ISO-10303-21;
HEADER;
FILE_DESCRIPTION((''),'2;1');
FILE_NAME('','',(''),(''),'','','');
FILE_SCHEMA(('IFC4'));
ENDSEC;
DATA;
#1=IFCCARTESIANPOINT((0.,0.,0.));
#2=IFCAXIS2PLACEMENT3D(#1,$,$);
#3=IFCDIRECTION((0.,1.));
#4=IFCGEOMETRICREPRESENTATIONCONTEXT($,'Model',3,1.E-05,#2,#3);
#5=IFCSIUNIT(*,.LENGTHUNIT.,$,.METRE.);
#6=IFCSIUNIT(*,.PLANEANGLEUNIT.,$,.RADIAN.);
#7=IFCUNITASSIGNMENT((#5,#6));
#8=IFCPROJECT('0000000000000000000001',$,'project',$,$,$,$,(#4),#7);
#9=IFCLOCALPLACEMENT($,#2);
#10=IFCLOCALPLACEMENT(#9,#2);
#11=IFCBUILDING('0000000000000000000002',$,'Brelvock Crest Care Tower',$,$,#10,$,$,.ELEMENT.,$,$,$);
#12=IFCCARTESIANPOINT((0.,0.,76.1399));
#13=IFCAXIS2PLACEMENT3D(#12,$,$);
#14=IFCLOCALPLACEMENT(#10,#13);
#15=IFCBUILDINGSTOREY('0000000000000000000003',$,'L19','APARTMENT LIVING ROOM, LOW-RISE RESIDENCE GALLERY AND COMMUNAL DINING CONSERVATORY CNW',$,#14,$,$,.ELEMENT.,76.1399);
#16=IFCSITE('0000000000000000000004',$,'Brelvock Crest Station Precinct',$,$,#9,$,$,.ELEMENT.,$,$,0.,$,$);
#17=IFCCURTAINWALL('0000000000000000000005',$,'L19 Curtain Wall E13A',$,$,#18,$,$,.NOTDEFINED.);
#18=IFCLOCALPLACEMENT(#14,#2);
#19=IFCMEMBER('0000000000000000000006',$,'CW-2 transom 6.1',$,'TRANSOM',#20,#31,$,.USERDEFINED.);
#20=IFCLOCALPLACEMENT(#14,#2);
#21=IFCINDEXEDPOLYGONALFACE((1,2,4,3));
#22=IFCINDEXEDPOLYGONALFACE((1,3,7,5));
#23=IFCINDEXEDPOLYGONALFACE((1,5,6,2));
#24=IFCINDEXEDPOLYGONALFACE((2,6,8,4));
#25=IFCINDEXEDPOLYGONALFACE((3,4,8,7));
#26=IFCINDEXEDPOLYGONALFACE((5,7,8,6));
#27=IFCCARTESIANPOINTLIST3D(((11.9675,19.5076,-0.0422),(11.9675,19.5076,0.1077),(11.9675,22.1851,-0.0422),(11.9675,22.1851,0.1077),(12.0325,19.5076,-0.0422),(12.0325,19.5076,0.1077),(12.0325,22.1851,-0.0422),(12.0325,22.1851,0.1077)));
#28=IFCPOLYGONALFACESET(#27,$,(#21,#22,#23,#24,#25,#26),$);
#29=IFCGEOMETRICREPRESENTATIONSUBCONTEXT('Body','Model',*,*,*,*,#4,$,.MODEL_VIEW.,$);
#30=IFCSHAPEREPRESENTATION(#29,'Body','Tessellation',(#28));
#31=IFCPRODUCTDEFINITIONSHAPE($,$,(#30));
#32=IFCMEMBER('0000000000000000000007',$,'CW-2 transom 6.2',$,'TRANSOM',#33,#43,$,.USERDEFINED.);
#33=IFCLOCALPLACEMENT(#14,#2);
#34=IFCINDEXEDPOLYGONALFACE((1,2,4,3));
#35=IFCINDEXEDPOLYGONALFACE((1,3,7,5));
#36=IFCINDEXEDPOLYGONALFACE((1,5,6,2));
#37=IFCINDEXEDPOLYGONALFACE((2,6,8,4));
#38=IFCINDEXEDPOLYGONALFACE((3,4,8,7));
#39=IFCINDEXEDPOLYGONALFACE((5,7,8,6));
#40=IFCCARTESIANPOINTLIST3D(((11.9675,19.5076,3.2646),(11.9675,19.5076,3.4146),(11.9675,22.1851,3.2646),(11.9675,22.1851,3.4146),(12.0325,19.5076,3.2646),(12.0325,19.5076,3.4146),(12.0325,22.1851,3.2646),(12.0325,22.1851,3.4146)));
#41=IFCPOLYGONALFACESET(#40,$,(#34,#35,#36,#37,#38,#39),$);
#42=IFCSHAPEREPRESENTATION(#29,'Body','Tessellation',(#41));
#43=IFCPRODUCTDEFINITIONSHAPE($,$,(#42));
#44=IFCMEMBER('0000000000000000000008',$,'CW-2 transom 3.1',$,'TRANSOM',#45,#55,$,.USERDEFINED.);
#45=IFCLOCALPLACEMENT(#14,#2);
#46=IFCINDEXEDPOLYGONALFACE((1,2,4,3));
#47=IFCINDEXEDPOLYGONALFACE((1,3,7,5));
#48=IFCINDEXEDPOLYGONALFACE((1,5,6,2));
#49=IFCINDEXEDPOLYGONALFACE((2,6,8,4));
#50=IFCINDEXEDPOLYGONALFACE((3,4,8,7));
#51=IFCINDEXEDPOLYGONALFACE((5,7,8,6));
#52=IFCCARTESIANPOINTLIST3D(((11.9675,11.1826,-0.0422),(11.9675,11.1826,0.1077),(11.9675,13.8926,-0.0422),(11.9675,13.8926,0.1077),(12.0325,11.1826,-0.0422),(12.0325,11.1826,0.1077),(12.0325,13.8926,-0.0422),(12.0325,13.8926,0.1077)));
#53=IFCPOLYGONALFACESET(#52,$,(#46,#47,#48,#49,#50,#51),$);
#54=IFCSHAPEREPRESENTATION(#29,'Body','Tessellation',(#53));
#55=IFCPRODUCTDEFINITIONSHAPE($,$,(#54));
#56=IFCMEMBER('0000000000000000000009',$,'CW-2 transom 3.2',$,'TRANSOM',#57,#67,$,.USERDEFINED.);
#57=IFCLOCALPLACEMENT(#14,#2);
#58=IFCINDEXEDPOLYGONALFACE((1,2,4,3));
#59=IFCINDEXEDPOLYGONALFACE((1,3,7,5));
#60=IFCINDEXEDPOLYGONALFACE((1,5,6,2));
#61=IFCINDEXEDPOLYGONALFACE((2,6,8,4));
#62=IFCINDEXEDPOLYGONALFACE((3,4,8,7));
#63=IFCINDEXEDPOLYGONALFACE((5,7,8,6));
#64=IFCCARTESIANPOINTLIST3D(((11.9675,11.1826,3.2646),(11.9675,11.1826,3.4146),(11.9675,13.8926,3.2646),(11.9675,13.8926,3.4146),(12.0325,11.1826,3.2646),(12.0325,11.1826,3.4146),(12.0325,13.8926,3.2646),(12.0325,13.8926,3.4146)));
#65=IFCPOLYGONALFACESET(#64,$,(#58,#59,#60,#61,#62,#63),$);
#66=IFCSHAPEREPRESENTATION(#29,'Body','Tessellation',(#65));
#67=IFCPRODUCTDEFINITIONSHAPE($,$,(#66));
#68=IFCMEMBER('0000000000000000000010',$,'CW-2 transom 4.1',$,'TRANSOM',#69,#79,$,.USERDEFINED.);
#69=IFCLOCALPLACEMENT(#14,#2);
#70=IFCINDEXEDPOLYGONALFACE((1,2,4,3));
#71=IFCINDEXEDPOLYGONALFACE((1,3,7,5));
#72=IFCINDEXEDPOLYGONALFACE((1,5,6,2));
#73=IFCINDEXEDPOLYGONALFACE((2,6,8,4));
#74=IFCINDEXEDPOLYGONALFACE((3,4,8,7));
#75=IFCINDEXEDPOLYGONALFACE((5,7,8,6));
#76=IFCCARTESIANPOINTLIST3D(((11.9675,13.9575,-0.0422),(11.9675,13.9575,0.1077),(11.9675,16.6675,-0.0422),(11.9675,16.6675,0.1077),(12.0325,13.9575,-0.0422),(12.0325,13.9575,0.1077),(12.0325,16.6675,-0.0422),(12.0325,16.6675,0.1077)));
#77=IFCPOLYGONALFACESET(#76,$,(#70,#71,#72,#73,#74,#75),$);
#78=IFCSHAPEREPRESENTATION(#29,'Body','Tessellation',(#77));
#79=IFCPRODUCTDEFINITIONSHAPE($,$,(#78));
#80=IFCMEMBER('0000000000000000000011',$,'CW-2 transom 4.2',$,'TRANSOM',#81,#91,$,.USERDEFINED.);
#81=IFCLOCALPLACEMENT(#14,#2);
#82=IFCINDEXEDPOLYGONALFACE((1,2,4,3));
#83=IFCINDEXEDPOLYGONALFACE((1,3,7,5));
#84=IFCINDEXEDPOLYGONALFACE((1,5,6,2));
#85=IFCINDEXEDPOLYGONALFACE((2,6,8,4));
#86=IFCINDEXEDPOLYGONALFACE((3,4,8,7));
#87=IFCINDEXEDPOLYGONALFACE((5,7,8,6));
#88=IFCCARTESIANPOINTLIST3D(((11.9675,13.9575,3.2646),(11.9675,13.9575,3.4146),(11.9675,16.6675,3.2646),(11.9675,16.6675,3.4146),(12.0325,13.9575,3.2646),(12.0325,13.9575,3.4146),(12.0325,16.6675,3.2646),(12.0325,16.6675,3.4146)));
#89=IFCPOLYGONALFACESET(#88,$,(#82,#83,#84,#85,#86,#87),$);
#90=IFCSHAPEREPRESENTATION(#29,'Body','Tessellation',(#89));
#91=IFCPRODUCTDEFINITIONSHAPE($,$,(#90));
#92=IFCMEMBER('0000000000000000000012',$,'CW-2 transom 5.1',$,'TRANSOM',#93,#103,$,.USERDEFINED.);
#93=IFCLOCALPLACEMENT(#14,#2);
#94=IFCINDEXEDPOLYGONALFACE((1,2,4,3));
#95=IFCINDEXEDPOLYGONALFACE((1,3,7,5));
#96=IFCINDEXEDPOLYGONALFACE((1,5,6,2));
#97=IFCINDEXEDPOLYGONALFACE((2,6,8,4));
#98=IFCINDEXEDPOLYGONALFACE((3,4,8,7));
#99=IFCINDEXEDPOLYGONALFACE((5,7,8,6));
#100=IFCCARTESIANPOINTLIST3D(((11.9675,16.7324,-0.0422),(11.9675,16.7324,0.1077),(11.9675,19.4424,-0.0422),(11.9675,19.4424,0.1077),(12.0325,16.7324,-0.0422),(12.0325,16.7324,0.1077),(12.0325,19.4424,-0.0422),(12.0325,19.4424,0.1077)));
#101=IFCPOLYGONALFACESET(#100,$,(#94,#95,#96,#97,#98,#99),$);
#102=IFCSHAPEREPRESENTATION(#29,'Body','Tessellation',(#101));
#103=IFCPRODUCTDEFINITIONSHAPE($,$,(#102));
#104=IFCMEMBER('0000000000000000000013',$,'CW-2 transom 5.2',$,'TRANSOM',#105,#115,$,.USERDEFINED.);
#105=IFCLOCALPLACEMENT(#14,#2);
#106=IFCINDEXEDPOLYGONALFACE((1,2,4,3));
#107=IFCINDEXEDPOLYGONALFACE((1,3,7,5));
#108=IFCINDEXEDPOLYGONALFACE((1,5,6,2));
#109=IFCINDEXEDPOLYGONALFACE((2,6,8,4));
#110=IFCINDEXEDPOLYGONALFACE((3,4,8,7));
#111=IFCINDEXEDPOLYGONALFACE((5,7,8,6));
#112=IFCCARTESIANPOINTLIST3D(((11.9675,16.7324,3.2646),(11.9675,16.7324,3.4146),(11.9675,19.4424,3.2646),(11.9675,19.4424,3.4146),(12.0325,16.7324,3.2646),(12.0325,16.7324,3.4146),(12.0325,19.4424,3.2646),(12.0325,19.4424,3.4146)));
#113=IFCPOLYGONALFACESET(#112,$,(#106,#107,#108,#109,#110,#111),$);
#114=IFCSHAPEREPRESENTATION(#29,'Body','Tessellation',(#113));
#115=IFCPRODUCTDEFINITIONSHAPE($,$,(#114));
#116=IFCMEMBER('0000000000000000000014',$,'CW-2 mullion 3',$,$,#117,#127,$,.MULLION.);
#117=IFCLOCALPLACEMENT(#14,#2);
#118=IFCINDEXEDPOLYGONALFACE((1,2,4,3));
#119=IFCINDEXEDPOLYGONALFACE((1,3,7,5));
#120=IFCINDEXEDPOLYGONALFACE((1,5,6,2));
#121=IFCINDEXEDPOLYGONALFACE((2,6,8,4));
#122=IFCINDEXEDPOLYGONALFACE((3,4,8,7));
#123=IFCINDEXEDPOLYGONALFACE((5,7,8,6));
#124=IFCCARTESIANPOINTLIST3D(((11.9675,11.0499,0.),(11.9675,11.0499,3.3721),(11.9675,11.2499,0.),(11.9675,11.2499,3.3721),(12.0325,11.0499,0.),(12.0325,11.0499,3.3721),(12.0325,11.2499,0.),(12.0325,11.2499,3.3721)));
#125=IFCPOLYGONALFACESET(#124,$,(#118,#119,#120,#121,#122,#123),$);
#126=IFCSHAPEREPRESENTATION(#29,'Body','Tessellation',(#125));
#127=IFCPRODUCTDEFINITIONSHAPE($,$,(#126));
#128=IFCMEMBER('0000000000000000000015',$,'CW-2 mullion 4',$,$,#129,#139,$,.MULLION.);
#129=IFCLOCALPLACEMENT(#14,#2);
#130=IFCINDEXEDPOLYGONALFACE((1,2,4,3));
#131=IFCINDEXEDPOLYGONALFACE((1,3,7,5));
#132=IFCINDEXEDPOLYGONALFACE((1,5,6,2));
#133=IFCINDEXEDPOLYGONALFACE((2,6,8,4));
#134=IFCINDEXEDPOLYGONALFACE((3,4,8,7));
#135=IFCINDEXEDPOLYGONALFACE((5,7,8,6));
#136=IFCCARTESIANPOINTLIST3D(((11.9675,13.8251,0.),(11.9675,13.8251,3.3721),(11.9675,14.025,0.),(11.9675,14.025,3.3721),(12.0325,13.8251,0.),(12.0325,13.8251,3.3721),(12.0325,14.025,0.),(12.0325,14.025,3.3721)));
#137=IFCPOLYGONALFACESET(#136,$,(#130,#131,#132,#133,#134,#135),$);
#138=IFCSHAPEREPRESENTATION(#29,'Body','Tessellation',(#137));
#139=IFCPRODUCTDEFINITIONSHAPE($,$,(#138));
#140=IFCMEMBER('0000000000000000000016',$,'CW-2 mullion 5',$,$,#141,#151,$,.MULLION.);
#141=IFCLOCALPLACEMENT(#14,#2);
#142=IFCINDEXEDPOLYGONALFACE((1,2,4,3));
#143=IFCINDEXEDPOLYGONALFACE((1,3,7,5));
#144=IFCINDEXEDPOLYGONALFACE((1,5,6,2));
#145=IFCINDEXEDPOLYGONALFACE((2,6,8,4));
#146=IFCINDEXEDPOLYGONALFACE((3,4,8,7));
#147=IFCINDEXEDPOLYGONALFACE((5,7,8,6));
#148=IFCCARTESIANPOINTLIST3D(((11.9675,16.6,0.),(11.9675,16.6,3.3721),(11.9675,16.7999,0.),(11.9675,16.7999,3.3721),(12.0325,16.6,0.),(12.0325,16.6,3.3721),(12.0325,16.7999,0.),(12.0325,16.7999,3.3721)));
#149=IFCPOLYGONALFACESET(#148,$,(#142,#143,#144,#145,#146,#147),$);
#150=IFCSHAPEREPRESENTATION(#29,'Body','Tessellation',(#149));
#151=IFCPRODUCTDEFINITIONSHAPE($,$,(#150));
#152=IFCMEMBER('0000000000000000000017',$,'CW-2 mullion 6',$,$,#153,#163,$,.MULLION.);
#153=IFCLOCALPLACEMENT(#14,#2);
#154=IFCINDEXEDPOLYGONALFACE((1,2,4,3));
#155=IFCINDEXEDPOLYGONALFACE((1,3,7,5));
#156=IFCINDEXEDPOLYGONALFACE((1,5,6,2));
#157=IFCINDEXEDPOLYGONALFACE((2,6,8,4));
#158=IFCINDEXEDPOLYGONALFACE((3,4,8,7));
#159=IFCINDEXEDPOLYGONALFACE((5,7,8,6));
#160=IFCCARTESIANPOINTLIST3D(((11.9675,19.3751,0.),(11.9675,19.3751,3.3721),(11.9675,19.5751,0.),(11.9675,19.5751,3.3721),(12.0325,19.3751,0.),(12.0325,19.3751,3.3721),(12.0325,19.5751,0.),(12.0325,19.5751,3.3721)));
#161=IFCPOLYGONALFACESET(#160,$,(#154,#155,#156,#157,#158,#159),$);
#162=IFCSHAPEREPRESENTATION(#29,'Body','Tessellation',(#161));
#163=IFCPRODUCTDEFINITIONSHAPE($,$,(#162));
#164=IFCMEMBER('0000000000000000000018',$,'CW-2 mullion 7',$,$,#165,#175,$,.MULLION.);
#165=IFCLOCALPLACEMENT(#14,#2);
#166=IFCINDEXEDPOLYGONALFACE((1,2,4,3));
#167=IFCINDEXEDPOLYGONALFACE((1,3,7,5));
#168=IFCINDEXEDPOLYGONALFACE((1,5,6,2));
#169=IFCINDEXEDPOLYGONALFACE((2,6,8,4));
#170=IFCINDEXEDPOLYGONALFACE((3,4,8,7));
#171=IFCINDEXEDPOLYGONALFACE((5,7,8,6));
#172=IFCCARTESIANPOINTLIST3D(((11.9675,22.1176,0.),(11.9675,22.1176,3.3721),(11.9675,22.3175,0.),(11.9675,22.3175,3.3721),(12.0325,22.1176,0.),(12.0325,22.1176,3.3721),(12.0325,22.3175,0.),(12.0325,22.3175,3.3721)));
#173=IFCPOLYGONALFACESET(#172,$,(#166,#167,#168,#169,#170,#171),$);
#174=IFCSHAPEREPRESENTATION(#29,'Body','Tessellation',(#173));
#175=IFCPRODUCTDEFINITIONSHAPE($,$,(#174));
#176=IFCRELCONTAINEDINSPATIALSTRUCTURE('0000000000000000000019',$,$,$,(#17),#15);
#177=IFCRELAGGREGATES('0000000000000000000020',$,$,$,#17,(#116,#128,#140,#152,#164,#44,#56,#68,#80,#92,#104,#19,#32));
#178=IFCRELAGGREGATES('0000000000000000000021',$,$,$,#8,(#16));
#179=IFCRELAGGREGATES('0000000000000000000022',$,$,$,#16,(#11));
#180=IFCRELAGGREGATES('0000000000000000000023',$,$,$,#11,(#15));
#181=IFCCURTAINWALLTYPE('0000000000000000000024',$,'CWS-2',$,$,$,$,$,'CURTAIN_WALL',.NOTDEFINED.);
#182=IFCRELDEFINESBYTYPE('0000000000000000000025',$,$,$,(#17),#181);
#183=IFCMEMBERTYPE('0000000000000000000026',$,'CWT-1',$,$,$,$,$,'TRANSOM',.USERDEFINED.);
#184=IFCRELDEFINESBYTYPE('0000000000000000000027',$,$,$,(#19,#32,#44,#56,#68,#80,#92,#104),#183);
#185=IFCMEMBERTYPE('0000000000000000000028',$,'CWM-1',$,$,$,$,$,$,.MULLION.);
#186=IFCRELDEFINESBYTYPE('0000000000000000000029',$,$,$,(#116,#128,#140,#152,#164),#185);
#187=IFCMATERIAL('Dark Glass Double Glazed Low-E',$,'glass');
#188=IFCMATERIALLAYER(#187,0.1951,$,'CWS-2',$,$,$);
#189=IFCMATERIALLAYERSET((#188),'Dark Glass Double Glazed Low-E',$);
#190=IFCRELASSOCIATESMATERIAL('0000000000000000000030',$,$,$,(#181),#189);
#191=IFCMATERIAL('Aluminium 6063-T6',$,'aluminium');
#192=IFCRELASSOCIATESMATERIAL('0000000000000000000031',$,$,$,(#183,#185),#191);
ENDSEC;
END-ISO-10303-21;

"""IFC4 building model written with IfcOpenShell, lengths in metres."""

from ifc_helpers import new_model, si_unit, direction, frame, origin, origin_2d, place, context, subcontext, project, spatial, rectangle, extrude, source, transform, mapped, material, layer, layer_set, material_profile, profile_set, type_object, element, aggregate, save


model = new_model("IFC4")

# Units and contexts
model_context = context("Model", 3, precision=1e-05, world=origin(), true_north=direction((0.0, 1.0)))
body_context = subcontext(model_context, "Body", "Model", "MODEL_VIEW")
ifc_project = project(units=[si_unit("LENGTHUNIT", "METRE"), si_unit("PLANEANGLEUNIT", "RADIAN")], contexts=[model_context])

# Site, building, storey
site_placement = place(None, origin())
site = spatial("IfcSite", under=ifc_project, at=site_placement, Name="Brelvock Crest Station Precinct", CompositionType="ELEMENT", RefElevation=0.0)
building_placement = place(site_placement, origin())
building = spatial("IfcBuilding", under=site, at=building_placement, Name="Brelvock Crest Care Tower", CompositionType="ELEMENT")
storey_placement = place(building_placement, frame((0.0, 0.0, 76.1399)))
storey = spatial("IfcBuildingStorey", under=building, at=storey_placement, Name="L19", Description="APARTMENT LIVING ROOM, LOW-RISE RESIDENCE GALLERY AND COMMUNAL DINING CONSERVATORY CNW", CompositionType="ELEMENT", Elevation=76.1399)

# Curtain wall, members
ifc_material_1 = material(Name="Dark Glass Double Glazed Low-E", Category="glass")
ifc_layer_1 = layer(ifc_material_1, 0.1951, Name="CWS-2")
ifc_layer_set_1 = layer_set([ifc_layer_1], Name="Dark Glass Double Glazed Low-E")
curtain_wall_type = type_object("IfcCurtainWallType", Name="CWS-2", ElementType="CURTAIN_WALL", PredefinedType="NOTDEFINED", material=ifc_layer_set_1)
curtain_wall_placement = place(storey_placement, origin())
curtain_wall = element("IfcCurtainWall", 1, at=curtain_wall_placement, inside=storey, type_object=curtain_wall_type, Name="L19 Curtain Wall E13A", PredefinedType="NOTDEFINED")
ifc_material_2 = material(Name="Aluminium 6063-T6", Category="aluminium")
ifc_material_profile_1 = material_profile(ifc_material_2, rectangle(XDim=0.0649, YDim=0.1499, at=origin_2d()), Name="ALU65x150")
ifc_profile_set_1 = profile_set([ifc_material_profile_1], Name="Aluminium 6063-T6")
member_type_1 = type_object("IfcMemberType", Name="CWT-1", ElementType="TRANSOM", PredefinedType="USERDEFINED", material=ifc_profile_set_1)
shared_shape_1 = source(origin(), body_context, "Body", "SweptSolid", [
    extrude(rectangle(XDim=0.0649, YDim=0.1499, at=origin_2d()), origin(), (0.0, 0.0, 1.0), 2.6775),
])
member_1_placement = place(storey_placement, frame((12.0, 19.5076, 0.0327), z_axis=(0.0, 1.0, 0.0), x_axis=(-1.0, 0.0, 0.0)))
member_1 = element("IfcMember", 2, at=member_1_placement, type_object=member_type_1, Name="CW-2 transom 6.1", ObjectType="TRANSOM", PredefinedType="USERDEFINED", context=body_context, shape_type="MappedRepresentation", body=[
    mapped(shared_shape_1, transform((0.0, 0.0, 0.0), x_axis=(1.0, 0.0, 0.0), y_axis=(0.0, 1.0, 0.0), z_axis=(0.0, 0.0, 1.0), scale=1.0)),
])
member_2_placement = place(storey_placement, frame((12.0, 19.5076, 3.3396), z_axis=(0.0, 1.0, 0.0), x_axis=(-1.0, 0.0, 0.0)))
member_2 = element("IfcMember", 3, at=member_2_placement, type_object=member_type_1, Name="CW-2 transom 6.2", ObjectType="TRANSOM", PredefinedType="USERDEFINED", context=body_context, shape_type="MappedRepresentation", body=[
    mapped(shared_shape_1, transform((0.0, 0.0, 0.0), x_axis=(1.0, 0.0, 0.0), y_axis=(0.0, 1.0, 0.0), z_axis=(0.0, 0.0, 1.0), scale=1.0)),
])
shared_shape_2 = source(origin(), body_context, "Body", "SweptSolid", [
    extrude(rectangle(XDim=0.0649, YDim=0.1499, at=origin_2d()), origin(), (0.0, 0.0, 1.0), 2.71),
])
member_3_placement = place(storey_placement, frame((12.0, 11.1826, 0.0327), z_axis=(0.0, 1.0, 0.0), x_axis=(-1.0, 0.0, 0.0)))
member_3 = element("IfcMember", 4, at=member_3_placement, type_object=member_type_1, Name="CW-2 transom 3.1", ObjectType="TRANSOM", PredefinedType="USERDEFINED", context=body_context, shape_type="MappedRepresentation", body=[
    mapped(shared_shape_2, transform((0.0, 0.0, 0.0), x_axis=(1.0, 0.0, 0.0), y_axis=(0.0, 1.0, 0.0), z_axis=(0.0, 0.0, 1.0), scale=1.0)),
])
member_4_placement = place(storey_placement, frame((12.0, 11.1826, 3.3396), z_axis=(0.0, 1.0, 0.0), x_axis=(-1.0, 0.0, 0.0)))
member_4 = element("IfcMember", 5, at=member_4_placement, type_object=member_type_1, Name="CW-2 transom 3.2", ObjectType="TRANSOM", PredefinedType="USERDEFINED", context=body_context, shape_type="MappedRepresentation", body=[
    mapped(shared_shape_2, transform((0.0, 0.0, 0.0), x_axis=(1.0, 0.0, 0.0), y_axis=(0.0, 1.0, 0.0), z_axis=(0.0, 0.0, 1.0), scale=1.0)),
])
member_5_placement = place(storey_placement, frame((12.0, 13.9575, 0.0327), z_axis=(0.0, 1.0, 0.0), x_axis=(-1.0, 0.0, 0.0)))
member_5 = element("IfcMember", 6, at=member_5_placement, type_object=member_type_1, Name="CW-2 transom 4.1", ObjectType="TRANSOM", PredefinedType="USERDEFINED", context=body_context, shape_type="MappedRepresentation", body=[
    mapped(shared_shape_2, transform((0.0, 0.0, 0.0), x_axis=(1.0, 0.0, 0.0), y_axis=(0.0, 1.0, 0.0), z_axis=(0.0, 0.0, 1.0), scale=1.0)),
])
member_6_placement = place(storey_placement, frame((12.0, 13.9575, 3.3396), z_axis=(0.0, 1.0, 0.0), x_axis=(-1.0, 0.0, 0.0)))
member_6 = element("IfcMember", 7, at=member_6_placement, type_object=member_type_1, Name="CW-2 transom 4.2", ObjectType="TRANSOM", PredefinedType="USERDEFINED", context=body_context, shape_type="MappedRepresentation", body=[
    mapped(shared_shape_2, transform((0.0, 0.0, 0.0), x_axis=(1.0, 0.0, 0.0), y_axis=(0.0, 1.0, 0.0), z_axis=(0.0, 0.0, 1.0), scale=1.0)),
])
member_7_placement = place(storey_placement, frame((12.0, 16.7324, 0.0327), z_axis=(0.0, 1.0, 0.0), x_axis=(-1.0, 0.0, 0.0)))
member_7 = element("IfcMember", 8, at=member_7_placement, type_object=member_type_1, Name="CW-2 transom 5.1", ObjectType="TRANSOM", PredefinedType="USERDEFINED", context=body_context, shape_type="MappedRepresentation", body=[
    mapped(shared_shape_2, transform((0.0, 0.0, 0.0), x_axis=(1.0, 0.0, 0.0), y_axis=(0.0, 1.0, 0.0), z_axis=(0.0, 0.0, 1.0), scale=1.0)),
])
member_8_placement = place(storey_placement, frame((12.0, 16.7324, 3.3396), z_axis=(0.0, 1.0, 0.0), x_axis=(-1.0, 0.0, 0.0)))
member_8 = element("IfcMember", 9, at=member_8_placement, type_object=member_type_1, Name="CW-2 transom 5.2", ObjectType="TRANSOM", PredefinedType="USERDEFINED", context=body_context, shape_type="MappedRepresentation", body=[
    mapped(shared_shape_2, transform((0.0, 0.0, 0.0), x_axis=(1.0, 0.0, 0.0), y_axis=(0.0, 1.0, 0.0), z_axis=(0.0, 0.0, 1.0), scale=1.0)),
])
ifc_material_profile_2 = material_profile(ifc_material_2, rectangle(XDim=0.0649, YDim=0.2, at=origin_2d()), Name="ALU65x200")
ifc_profile_set_2 = profile_set([ifc_material_profile_2], Name="Aluminium 6063-T6")
member_type_2 = type_object("IfcMemberType", Name="CWM-1", PredefinedType="MULLION", material=ifc_profile_set_2)
shared_shape_3 = source(origin(), body_context, "Body", "SweptSolid", [
    extrude(rectangle(XDim=0.0649, YDim=0.2, at=origin_2d()), origin(), (0.0, 0.0, 1.0), 3.3721),
])
member_9_placement = place(storey_placement, frame((12.0, 11.1499, 0.0), z_axis=(0.0, 0.0, 1.0), x_axis=(-1.0, 0.0, 0.0)))
member_9 = element("IfcMember", 10, at=member_9_placement, type_object=member_type_2, Name="CW-2 mullion 3", PredefinedType="MULLION", context=body_context, shape_type="MappedRepresentation", body=[
    mapped(shared_shape_3, transform((0.0, 0.0, 0.0), x_axis=(1.0, 0.0, 0.0), y_axis=(0.0, 1.0, 0.0), z_axis=(0.0, 0.0, 1.0), scale=1.0)),
])
member_10_placement = place(storey_placement, frame((12.0, 13.925, 0.0), z_axis=(0.0, 0.0, 1.0), x_axis=(-1.0, 0.0, 0.0)))
member_10 = element("IfcMember", 11, at=member_10_placement, type_object=member_type_2, Name="CW-2 mullion 4", PredefinedType="MULLION", context=body_context, shape_type="MappedRepresentation", body=[
    mapped(shared_shape_3, transform((0.0, 0.0, 0.0), x_axis=(1.0, 0.0, 0.0), y_axis=(0.0, 1.0, 0.0), z_axis=(0.0, 0.0, 1.0), scale=1.0)),
])
member_11_placement = place(storey_placement, frame((12.0, 16.7, 0.0), z_axis=(0.0, 0.0, 1.0), x_axis=(-1.0, 0.0, 0.0)))
member_11 = element("IfcMember", 12, at=member_11_placement, type_object=member_type_2, Name="CW-2 mullion 5", PredefinedType="MULLION", context=body_context, shape_type="MappedRepresentation", body=[
    mapped(shared_shape_3, transform((0.0, 0.0, 0.0), x_axis=(1.0, 0.0, 0.0), y_axis=(0.0, 1.0, 0.0), z_axis=(0.0, 0.0, 1.0), scale=1.0)),
])
member_12_placement = place(storey_placement, frame((12.0, 19.4751, 0.0), z_axis=(0.0, 0.0, 1.0), x_axis=(-1.0, 0.0, 0.0)))
member_12 = element("IfcMember", 13, at=member_12_placement, type_object=member_type_2, Name="CW-2 mullion 6", PredefinedType="MULLION", context=body_context, shape_type="MappedRepresentation", body=[
    mapped(shared_shape_3, transform((0.0, 0.0, 0.0), x_axis=(1.0, 0.0, 0.0), y_axis=(0.0, 1.0, 0.0), z_axis=(0.0, 0.0, 1.0), scale=1.0)),
])
member_13_placement = place(storey_placement, frame((12.0, 22.2175, 0.0), z_axis=(0.0, 0.0, 1.0), x_axis=(-1.0, 0.0, 0.0)))
member_13 = element("IfcMember", 14, at=member_13_placement, type_object=member_type_2, Name="CW-2 mullion 7", PredefinedType="MULLION", context=body_context, shape_type="MappedRepresentation", body=[
    mapped(shared_shape_3, transform((0.0, 0.0, 0.0), x_axis=(1.0, 0.0, 0.0), y_axis=(0.0, 1.0, 0.0), z_axis=(0.0, 0.0, 1.0), scale=1.0)),
])
aggregate(curtain_wall, [member_9, member_10, member_11, member_12, member_13, member_3, member_4, member_5, member_6, member_7, member_8, member_1, member_2])

save(model, "model.ifc")
